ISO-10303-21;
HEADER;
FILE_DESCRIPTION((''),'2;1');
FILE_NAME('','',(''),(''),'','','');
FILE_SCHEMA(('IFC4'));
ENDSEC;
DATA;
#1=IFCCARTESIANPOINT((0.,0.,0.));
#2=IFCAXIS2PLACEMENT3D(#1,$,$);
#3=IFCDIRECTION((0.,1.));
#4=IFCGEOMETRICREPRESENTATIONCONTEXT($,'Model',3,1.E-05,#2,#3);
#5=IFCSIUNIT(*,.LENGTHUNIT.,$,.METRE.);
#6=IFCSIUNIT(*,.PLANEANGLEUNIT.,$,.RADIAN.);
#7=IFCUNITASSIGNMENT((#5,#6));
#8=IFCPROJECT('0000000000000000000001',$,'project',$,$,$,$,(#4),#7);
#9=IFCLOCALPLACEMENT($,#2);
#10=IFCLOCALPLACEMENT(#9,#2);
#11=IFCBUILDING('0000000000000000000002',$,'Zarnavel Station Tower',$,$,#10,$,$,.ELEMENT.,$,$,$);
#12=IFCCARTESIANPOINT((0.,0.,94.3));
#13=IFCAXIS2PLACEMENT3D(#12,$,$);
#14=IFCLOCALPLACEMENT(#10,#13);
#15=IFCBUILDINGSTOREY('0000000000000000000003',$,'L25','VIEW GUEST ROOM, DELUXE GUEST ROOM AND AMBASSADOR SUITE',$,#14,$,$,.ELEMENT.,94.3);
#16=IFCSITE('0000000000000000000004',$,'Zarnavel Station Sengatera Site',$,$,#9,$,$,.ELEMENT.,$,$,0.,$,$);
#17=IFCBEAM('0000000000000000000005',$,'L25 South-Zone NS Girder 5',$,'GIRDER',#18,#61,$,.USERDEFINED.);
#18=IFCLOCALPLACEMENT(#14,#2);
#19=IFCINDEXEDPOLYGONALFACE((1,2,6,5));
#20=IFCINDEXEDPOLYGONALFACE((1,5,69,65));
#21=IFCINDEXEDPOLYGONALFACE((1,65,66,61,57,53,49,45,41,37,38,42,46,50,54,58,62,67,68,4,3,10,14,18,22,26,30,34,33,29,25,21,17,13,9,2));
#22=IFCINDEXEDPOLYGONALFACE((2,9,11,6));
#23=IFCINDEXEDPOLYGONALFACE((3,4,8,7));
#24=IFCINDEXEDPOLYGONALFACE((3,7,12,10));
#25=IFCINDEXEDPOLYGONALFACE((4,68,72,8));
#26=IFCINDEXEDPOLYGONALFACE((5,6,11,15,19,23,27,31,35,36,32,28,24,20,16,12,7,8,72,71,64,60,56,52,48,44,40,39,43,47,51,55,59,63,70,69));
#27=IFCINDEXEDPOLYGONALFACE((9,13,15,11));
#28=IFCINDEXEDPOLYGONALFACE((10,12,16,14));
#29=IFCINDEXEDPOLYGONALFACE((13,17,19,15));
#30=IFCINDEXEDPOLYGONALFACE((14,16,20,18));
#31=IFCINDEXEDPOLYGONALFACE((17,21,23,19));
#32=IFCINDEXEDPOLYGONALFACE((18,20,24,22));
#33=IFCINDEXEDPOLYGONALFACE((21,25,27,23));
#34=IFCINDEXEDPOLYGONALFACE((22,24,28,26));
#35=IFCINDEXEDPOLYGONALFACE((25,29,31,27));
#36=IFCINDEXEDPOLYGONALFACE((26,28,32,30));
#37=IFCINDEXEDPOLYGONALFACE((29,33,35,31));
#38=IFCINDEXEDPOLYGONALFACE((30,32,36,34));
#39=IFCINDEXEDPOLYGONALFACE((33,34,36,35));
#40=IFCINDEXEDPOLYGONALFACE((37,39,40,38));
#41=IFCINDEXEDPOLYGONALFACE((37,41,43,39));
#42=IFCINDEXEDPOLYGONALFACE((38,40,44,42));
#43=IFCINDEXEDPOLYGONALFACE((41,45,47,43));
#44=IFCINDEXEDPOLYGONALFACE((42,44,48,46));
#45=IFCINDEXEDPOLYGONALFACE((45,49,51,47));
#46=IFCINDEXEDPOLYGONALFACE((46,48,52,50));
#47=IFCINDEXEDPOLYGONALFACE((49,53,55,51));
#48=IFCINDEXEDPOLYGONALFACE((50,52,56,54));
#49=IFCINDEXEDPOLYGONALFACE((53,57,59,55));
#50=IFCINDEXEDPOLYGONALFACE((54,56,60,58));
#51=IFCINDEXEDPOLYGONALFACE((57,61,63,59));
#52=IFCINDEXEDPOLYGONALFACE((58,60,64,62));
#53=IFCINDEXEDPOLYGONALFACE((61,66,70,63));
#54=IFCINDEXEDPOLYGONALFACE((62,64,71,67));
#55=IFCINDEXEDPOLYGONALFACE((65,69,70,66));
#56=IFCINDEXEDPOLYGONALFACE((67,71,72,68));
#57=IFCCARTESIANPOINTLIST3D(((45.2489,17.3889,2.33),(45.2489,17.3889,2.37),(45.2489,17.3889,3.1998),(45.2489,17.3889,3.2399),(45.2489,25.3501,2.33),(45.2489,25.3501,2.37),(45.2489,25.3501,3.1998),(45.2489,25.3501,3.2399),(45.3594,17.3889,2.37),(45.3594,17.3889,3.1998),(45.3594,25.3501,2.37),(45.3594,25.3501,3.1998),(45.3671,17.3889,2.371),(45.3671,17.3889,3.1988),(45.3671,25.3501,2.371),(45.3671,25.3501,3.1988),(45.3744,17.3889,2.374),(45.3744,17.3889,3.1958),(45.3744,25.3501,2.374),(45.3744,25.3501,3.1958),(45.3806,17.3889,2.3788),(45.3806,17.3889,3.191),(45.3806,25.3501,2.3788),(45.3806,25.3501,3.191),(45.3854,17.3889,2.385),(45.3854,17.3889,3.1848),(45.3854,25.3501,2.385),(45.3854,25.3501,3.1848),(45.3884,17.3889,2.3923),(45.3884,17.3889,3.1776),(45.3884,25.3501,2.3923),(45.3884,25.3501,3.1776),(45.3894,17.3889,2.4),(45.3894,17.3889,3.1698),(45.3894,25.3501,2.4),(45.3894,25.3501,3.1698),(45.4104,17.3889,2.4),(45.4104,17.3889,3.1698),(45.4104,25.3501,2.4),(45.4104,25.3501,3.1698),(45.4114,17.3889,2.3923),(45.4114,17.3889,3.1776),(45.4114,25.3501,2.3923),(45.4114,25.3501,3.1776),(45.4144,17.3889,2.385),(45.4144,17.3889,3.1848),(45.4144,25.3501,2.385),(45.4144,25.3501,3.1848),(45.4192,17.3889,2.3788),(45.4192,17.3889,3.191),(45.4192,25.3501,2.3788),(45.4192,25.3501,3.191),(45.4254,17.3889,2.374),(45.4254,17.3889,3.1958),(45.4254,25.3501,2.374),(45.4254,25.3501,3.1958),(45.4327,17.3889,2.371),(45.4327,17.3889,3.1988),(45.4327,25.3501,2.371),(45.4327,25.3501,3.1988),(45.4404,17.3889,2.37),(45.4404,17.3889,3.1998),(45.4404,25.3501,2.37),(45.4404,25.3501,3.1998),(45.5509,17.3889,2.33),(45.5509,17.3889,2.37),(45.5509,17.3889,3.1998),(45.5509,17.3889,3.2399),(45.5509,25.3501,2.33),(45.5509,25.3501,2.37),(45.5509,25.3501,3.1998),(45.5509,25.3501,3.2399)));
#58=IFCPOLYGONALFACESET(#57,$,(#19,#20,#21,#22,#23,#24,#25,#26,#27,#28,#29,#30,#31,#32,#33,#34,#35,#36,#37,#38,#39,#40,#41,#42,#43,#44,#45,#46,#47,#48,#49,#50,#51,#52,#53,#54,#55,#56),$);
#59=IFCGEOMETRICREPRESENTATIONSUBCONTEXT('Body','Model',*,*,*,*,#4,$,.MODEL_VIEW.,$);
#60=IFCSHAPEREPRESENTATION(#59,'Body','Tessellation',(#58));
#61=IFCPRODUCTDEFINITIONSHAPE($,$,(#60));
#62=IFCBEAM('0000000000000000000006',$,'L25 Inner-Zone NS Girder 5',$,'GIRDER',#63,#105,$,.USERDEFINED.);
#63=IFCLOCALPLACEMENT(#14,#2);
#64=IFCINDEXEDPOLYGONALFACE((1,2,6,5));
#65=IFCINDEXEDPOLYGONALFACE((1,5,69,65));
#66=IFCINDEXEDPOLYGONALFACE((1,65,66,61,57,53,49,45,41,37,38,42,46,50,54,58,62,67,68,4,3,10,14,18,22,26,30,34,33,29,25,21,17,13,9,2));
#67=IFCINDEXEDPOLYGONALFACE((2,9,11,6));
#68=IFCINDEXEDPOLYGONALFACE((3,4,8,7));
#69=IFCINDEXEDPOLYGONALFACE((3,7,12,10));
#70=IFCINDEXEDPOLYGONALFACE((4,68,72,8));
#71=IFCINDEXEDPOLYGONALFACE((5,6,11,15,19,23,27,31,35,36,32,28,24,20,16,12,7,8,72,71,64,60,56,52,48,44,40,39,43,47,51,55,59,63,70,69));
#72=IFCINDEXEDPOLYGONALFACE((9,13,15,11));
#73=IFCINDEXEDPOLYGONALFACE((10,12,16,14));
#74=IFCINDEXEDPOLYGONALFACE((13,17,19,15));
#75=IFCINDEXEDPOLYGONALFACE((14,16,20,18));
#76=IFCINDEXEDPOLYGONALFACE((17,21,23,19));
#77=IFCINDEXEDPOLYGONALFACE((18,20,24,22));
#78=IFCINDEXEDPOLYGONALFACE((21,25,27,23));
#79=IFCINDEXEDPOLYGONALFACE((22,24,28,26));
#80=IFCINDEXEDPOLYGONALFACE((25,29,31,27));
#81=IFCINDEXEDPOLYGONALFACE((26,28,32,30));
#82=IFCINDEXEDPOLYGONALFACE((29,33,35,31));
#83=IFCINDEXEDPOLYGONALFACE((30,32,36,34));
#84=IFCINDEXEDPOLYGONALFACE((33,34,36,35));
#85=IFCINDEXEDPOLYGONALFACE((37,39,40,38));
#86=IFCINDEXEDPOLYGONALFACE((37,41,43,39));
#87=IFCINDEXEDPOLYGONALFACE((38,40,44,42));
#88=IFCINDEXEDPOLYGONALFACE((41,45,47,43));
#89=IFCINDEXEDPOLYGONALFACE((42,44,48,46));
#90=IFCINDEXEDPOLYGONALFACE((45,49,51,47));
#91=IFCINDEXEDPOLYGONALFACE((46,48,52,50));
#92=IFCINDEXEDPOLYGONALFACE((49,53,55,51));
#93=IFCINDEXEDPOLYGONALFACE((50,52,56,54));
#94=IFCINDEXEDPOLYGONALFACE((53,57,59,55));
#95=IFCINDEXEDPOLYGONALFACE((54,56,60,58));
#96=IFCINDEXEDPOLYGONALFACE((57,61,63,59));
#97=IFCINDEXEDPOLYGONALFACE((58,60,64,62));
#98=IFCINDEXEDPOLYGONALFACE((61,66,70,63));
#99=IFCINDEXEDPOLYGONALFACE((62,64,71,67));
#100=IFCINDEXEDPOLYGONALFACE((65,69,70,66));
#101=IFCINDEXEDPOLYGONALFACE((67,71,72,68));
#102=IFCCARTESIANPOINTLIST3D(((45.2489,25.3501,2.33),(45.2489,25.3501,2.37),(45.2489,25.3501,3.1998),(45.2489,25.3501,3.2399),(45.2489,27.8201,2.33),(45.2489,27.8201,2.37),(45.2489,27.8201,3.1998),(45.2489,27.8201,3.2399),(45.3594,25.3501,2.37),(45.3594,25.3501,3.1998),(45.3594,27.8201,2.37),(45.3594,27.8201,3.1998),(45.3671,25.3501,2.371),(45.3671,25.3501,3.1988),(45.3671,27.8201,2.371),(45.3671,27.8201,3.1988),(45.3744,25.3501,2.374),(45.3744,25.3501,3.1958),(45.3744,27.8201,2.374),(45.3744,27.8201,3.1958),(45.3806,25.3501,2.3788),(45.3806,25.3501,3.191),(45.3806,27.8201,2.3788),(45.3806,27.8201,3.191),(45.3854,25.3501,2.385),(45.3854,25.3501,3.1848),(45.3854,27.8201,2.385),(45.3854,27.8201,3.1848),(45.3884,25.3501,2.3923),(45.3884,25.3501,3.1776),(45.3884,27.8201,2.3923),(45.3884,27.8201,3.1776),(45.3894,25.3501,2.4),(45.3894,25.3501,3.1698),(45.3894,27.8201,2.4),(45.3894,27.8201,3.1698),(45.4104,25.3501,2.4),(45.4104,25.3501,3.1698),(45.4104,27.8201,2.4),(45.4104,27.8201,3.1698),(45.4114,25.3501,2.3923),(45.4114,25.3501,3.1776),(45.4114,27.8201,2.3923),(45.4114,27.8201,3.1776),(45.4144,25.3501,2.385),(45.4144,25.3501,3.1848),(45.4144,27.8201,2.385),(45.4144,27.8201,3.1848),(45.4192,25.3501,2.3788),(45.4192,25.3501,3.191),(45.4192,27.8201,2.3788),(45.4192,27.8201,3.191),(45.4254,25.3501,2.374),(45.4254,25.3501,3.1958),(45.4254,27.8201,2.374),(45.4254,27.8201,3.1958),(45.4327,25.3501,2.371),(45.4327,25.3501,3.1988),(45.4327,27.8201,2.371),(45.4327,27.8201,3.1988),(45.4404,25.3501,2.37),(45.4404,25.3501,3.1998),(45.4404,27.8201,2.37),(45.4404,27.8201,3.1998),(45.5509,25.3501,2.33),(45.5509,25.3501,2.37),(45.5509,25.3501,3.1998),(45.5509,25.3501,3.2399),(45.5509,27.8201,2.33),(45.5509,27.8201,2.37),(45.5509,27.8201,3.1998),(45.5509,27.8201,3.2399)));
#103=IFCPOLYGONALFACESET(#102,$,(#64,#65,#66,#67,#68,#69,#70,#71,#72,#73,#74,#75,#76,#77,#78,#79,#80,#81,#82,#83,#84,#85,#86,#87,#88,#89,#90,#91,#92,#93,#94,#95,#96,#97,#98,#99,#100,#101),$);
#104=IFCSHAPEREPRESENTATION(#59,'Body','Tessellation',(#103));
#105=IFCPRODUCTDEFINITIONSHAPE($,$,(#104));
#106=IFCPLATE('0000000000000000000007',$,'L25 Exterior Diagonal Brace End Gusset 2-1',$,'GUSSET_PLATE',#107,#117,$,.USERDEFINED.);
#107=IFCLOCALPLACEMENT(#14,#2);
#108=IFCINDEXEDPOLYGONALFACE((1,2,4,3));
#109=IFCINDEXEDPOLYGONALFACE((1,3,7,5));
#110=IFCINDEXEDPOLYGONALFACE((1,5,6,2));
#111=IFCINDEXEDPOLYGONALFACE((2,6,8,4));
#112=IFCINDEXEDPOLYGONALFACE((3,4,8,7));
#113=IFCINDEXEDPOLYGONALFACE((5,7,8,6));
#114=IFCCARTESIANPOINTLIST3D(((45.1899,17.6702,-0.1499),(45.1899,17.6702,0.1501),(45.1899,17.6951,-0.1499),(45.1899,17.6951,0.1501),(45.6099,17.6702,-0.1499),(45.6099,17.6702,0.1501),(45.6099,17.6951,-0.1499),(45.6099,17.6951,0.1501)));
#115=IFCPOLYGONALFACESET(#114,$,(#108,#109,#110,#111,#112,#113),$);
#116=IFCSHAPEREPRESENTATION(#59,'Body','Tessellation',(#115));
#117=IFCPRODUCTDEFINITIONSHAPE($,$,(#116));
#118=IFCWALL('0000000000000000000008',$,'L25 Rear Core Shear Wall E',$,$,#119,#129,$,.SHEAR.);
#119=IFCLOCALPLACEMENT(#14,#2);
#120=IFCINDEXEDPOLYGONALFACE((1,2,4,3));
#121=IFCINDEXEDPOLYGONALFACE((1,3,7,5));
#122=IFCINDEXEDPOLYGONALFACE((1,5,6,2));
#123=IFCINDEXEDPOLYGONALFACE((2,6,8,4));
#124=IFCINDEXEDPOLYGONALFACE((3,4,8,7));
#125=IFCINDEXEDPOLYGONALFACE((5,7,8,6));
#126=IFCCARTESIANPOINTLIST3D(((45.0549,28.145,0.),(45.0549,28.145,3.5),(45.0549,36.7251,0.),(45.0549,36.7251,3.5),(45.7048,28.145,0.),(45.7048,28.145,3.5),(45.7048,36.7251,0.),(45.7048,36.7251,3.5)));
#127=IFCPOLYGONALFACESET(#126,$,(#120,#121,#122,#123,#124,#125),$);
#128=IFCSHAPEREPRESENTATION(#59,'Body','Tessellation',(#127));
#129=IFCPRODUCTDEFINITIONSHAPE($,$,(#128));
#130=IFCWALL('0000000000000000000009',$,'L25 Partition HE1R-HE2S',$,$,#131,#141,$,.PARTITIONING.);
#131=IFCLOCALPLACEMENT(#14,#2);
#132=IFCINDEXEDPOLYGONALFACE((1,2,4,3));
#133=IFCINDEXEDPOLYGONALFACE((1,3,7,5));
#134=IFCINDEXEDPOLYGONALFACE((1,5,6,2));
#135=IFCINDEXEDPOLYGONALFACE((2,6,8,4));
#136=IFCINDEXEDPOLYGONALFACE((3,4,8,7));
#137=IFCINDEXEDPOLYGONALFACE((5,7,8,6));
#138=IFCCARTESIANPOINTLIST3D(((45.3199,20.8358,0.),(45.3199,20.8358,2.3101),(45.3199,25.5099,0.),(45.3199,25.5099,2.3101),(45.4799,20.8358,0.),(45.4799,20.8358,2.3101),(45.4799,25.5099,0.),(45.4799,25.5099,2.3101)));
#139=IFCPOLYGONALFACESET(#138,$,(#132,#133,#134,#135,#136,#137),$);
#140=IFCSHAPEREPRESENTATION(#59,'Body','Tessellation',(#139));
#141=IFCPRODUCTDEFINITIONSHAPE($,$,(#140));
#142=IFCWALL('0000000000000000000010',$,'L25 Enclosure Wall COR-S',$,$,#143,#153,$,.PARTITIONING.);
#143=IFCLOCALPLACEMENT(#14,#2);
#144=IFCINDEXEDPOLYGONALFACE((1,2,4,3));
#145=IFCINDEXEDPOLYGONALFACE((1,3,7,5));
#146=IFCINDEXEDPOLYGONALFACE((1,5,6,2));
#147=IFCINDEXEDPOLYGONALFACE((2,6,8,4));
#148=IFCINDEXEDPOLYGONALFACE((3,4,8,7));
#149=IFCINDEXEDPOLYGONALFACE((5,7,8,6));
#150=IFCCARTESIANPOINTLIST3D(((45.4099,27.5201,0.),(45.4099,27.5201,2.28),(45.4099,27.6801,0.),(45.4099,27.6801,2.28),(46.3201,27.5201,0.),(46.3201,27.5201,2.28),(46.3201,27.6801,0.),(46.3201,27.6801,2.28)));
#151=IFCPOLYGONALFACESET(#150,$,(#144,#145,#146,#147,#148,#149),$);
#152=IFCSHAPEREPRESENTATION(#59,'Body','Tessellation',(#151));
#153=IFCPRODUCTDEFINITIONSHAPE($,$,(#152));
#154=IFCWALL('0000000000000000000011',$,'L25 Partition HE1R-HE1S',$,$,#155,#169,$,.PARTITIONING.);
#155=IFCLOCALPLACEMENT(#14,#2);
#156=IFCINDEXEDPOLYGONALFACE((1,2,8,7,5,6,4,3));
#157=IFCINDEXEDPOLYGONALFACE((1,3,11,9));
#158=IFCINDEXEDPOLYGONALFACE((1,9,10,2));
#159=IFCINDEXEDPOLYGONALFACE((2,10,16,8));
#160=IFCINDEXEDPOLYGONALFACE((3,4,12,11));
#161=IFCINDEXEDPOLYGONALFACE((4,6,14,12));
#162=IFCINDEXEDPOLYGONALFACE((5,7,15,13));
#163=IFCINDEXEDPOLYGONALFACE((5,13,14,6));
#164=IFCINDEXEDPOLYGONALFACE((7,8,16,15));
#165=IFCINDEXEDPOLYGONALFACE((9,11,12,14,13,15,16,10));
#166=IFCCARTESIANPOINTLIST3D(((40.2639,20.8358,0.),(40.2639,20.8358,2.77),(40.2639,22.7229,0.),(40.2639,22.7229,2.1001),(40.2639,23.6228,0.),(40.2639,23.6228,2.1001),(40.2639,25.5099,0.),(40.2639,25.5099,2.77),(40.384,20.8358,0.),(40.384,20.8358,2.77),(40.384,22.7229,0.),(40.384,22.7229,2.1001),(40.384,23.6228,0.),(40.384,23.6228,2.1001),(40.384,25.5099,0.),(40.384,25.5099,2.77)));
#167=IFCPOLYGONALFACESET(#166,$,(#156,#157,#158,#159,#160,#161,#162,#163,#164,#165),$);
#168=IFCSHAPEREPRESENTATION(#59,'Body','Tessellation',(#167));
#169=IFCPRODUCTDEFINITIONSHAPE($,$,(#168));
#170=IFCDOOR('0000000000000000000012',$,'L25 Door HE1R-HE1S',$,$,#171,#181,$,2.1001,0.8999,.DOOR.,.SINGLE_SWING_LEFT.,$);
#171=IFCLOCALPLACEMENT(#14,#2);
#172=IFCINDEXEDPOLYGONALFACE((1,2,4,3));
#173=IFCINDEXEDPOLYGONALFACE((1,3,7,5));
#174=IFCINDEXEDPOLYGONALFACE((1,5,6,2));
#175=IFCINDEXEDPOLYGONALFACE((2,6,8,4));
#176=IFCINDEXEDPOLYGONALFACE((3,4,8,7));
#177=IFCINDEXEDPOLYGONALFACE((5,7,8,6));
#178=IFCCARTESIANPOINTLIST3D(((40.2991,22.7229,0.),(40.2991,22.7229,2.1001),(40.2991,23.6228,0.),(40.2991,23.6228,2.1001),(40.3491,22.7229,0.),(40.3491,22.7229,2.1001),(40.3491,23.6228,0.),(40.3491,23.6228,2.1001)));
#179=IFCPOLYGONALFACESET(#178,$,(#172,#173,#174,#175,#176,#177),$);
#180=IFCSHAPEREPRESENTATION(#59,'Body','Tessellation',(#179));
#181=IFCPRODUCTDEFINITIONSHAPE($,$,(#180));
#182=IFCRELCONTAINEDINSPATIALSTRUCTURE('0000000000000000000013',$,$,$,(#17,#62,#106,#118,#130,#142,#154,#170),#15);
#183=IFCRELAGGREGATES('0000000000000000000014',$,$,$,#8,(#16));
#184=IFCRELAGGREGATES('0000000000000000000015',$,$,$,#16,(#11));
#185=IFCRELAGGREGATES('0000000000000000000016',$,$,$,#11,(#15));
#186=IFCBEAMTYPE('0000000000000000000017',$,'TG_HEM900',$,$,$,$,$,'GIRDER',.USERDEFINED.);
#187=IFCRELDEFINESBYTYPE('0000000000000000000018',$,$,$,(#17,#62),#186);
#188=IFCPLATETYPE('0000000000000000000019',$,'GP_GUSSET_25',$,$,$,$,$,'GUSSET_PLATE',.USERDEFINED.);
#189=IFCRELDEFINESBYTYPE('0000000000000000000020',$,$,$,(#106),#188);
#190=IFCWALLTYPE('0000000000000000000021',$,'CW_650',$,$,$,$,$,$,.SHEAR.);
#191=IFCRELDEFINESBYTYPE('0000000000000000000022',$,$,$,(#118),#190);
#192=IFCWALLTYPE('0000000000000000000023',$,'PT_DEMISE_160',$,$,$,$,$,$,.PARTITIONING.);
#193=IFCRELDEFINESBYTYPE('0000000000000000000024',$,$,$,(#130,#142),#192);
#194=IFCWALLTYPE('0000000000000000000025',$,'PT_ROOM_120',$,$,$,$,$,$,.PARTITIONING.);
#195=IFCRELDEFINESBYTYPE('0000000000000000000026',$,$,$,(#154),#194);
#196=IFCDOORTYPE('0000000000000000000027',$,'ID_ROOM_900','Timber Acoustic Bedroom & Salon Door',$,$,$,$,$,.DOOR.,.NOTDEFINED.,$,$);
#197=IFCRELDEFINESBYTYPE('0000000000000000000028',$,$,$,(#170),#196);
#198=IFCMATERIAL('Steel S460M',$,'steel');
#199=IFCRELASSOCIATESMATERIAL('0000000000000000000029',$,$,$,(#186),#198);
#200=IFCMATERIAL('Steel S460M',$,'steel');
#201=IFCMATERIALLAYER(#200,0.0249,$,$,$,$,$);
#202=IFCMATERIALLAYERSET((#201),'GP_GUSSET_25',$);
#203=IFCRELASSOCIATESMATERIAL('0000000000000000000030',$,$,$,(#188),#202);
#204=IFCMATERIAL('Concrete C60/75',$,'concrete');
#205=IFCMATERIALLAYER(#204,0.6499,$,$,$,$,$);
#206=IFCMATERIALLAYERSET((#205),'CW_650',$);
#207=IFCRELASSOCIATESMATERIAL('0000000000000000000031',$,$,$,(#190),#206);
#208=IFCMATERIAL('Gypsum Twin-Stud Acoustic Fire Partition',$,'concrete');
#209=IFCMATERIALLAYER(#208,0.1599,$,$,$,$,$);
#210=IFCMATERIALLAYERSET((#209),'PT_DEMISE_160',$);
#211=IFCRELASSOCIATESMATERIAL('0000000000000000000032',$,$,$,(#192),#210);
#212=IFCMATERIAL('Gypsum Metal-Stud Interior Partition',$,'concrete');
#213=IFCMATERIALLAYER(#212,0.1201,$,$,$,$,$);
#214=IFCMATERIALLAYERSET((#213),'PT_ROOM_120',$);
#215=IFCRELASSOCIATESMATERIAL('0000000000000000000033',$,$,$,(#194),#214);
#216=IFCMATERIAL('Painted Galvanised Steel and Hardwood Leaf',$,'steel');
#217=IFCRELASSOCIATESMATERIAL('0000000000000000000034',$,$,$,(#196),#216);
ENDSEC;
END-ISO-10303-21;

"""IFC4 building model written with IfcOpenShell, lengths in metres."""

from ifc_helpers import new_model, si_unit, direction, frame, frame_2d, origin, origin_2d, place, context, subcontext, project, spatial, rectangle, i_section, extrude, material, layer, layer_set, material_profile, profile_set, type_object, element, fill, save


model = new_model("IFC4")

# Units and contexts
model_context = context("Model", 3, precision=1e-05, world=origin(), true_north=direction((0.0, 1.0)))
body_context = subcontext(model_context, "Body", "Model", "MODEL_VIEW")
ifc_project = project(units=[si_unit("LENGTHUNIT", "METRE"), si_unit("PLANEANGLEUNIT", "RADIAN")], contexts=[model_context])

# Site, building, storey
site_placement = place(None, origin())
site = spatial("IfcSite", under=ifc_project, at=site_placement, Name="Zarnavel Station Sengatera Site", CompositionType="ELEMENT", RefElevation=0.0)
building_placement = place(site_placement, origin())
building = spatial("IfcBuilding", under=site, at=building_placement, Name="Zarnavel Station Tower", CompositionType="ELEMENT")
storey_placement = place(building_placement, frame((0.0, 0.0, 94.3)))
storey = spatial("IfcBuildingStorey", under=building, at=storey_placement, Name="L25", Description="VIEW GUEST ROOM, DELUXE GUEST ROOM AND AMBASSADOR SUITE", CompositionType="ELEMENT", Elevation=94.3)

# Beams
ifc_material_1 = material(Name="Steel S460M", Category="steel")
ifc_material_profile_1 = material_profile(ifc_material_1, i_section(OverallWidth=0.302, OverallDepth=0.9099, WebThickness=0.021, FlangeThickness=0.04, FilletRadius=0.03, at=origin_2d()), Name="HEM900")
ifc_profile_set_1 = profile_set([ifc_material_profile_1], Name="Steel S460M")
beam_type_1 = type_object("IfcBeamType", Name="TG_HEM900", ElementType="GIRDER", PredefinedType="USERDEFINED", material=ifc_profile_set_1)
beam_1_placement = place(storey_placement, frame((45.3999, 17.3889, 2.7849), z_axis=(0.0, 1.0, 0.0), x_axis=(-1.0, 0.0, 0.0)))
element("IfcBeam", 1, at=beam_1_placement, inside=storey, type_object=beam_type_1, Name="L25 South-Zone NS Girder 5", ObjectType="GIRDER", PredefinedType="USERDEFINED", context=body_context, shape_type="SweptSolid", body=[
    extrude(i_section(OverallWidth=0.302, OverallDepth=0.9099, WebThickness=0.021, FlangeThickness=0.04, FilletRadius=0.03, at=origin_2d()), origin(), (0.0, 0.0, 1.0), 7.9612),
])
beam_2_placement = place(storey_placement, frame((45.3999, 25.3501, 2.7849), z_axis=(0.0, 1.0, 0.0), x_axis=(-1.0, 0.0, 0.0)))
element("IfcBeam", 2, at=beam_2_placement, inside=storey, type_object=beam_type_1, Name="L25 Inner-Zone NS Girder 5", ObjectType="GIRDER", PredefinedType="USERDEFINED", context=body_context, shape_type="SweptSolid", body=[
    extrude(i_section(OverallWidth=0.302, OverallDepth=0.9099, WebThickness=0.021, FlangeThickness=0.04, FilletRadius=0.03, at=origin_2d()), origin(), (0.0, 0.0, 1.0), 2.47),
])

# Plate
ifc_material_2 = material(Name="Steel S460M", Category="steel")
ifc_layer_1 = layer(ifc_material_2, 0.0249)
ifc_layer_set_1 = layer_set([ifc_layer_1], Name="GP_GUSSET_25")
plate_type = type_object("IfcPlateType", Name="GP_GUSSET_25", ElementType="GUSSET_PLATE", PredefinedType="USERDEFINED", material=ifc_layer_set_1)
plate_placement = place(storey_placement, frame((45.3999, 17.6826, -0.1499), z_axis=(0.0, 0.0, 1.0), x_axis=(1.0, 0.0, 0.0)))
element("IfcPlate", 3, at=plate_placement, inside=storey, type_object=plate_type, Name="L25 Exterior Diagonal Brace End Gusset 2-1", ObjectType="GUSSET_PLATE", PredefinedType="USERDEFINED", context=body_context, shape_type="SweptSolid", body=[
    extrude(rectangle(XDim=0.4199, YDim=0.0249, at=origin_2d()), origin(), (0.0, 0.0, 1.0), 0.3),
])

# Shared definitions
ifc_material_3 = material(Name="Concrete C60/75", Category="concrete")
ifc_layer_2 = layer(ifc_material_3, 0.6499)
ifc_layer_set_2 = layer_set([ifc_layer_2], Name="CW_650")
wall_type_1 = type_object("IfcWallType", Name="CW_650", PredefinedType="SHEAR", material=ifc_layer_set_2)

# Wall
wall_1_placement = place(storey_placement, frame((45.3799, 28.145, 0.0), z_axis=(0.0, 0.0, 1.0), x_axis=(0.0, 1.0, 0.0)))
element("IfcWall", 4, at=wall_1_placement, inside=storey, type_object=wall_type_1, Name="L25 Rear Core Shear Wall E", PredefinedType="SHEAR", context=body_context, shape_type="SweptSolid", body=[
    extrude(rectangle(XDim=8.5801, YDim=0.6499, at=frame_2d((4.29, 0.0))), origin(), (0.0, 0.0, 1.0), 3.5),
])

# Shared definitions
ifc_material_4 = material(Name="Gypsum Twin-Stud Acoustic Fire Partition", Category="concrete")
ifc_layer_3 = layer(ifc_material_4, 0.1599)
ifc_layer_set_3 = layer_set([ifc_layer_3], Name="PT_DEMISE_160")
wall_type_2 = type_object("IfcWallType", Name="PT_DEMISE_160", PredefinedType="PARTITIONING", material=ifc_layer_set_3)

# Walls
wall_2_placement = place(storey_placement, frame((45.3999, 20.8359, 0.0), z_axis=(0.0, 0.0, 1.0), x_axis=(0.0, 1.0, 0.0)))
element("IfcWall", 5, at=wall_2_placement, inside=storey, type_object=wall_type_2, Name="L25 Partition HE1R-HE2S", PredefinedType="PARTITIONING", context=body_context, shape_type="SweptSolid", body=[
    extrude(rectangle(XDim=4.6741, YDim=0.1599, at=frame_2d((2.3369, 0.0))), origin(), (0.0, 0.0, 1.0), 2.3101),
])
wall_3_placement = place(storey_placement, frame((45.4099, 27.6001, 0.0), z_axis=(0.0, 0.0, 1.0), x_axis=(1.0, 0.0, 0.0)))
element("IfcWall", 6, at=wall_3_placement, inside=storey, type_object=wall_type_2, Name="L25 Enclosure Wall COR-S", PredefinedType="PARTITIONING", context=body_context, shape_type="SweptSolid", body=[
    extrude(rectangle(XDim=0.9102, YDim=0.1599, at=frame_2d((0.4551, 0.0))), origin(), (0.0, 0.0, 1.0), 2.28),
])

# Wall, opening, door
ifc_material_5 = material(Name="Gypsum Metal-Stud Interior Partition", Category="concrete")
ifc_layer_4 = layer(ifc_material_5, 0.1201)
ifc_layer_set_4 = layer_set([ifc_layer_4], Name="PT_ROOM_120")
wall_type_3 = type_object("IfcWallType", Name="PT_ROOM_120", PredefinedType="PARTITIONING", material=ifc_layer_set_4)
wall_4_placement = place(storey_placement, frame((40.324, 20.8359, 0.0), z_axis=(0.0, 0.0, 1.0), x_axis=(0.0, 1.0, 0.0)))
wall_4 = element("IfcWall", 7, at=wall_4_placement, inside=storey, type_object=wall_type_3, Name="L25 Partition HE1R-HE1S", PredefinedType="PARTITIONING", context=body_context, shape_type="SweptSolid", body=[
    extrude(rectangle(XDim=4.6741, YDim=0.1201, at=frame_2d((2.3369, 0.0))), origin(), (0.0, 0.0, 1.0), 2.77),
])
opening_1_placement = place(wall_4_placement, frame((1.887, 0.0, 0.0)))
opening_1 = element("IfcOpeningElement", 8, at=opening_1_placement, cuts=wall_4, PredefinedType="OPENING", context=body_context, shape_type="SweptSolid", body=[
    extrude(rectangle(XDim=0.8999, YDim=2.1001, at=frame_2d((0.45, 1.05))), frame((0.0, 0.0701, 0.0), z_axis=(0.0, -1.0, 0.0), x_axis=(1.0, 0.0, 0.0)), (0.0, 0.0, 1.0), 0.1401),
])
ifc_material_6 = material(Name="Painted Galvanised Steel and Hardwood Leaf", Category="steel")
door_type_1 = type_object("IfcDoorType", Name="ID_ROOM_900", Description="Timber Acoustic Bedroom & Salon Door", OperationType="NOTDEFINED", PredefinedType="DOOR", material=ifc_material_6)
door_1_placement = place(opening_1_placement, origin())
door_1 = element("IfcDoor", 9, at=door_1_placement, inside=storey, type_object=door_type_1, Name="L25 Door HE1R-HE1S", OperationType="SINGLE_SWING_LEFT", OverallHeight=2.1001, OverallWidth=0.8999, PredefinedType="DOOR", context=body_context, shape_type="SweptSolid", body=[
    extrude(rectangle(XDim=0.8999, YDim=2.1001, at=frame_2d((0.45, 1.05))), frame((0.0, 0.0249, 0.0), z_axis=(0.0, -1.0, 0.0), x_axis=(1.0, 0.0, 0.0)), (0.0, 0.0, 1.0), 0.05),
])
fill(opening_1, door_1)

save(model, "model.ifc")
